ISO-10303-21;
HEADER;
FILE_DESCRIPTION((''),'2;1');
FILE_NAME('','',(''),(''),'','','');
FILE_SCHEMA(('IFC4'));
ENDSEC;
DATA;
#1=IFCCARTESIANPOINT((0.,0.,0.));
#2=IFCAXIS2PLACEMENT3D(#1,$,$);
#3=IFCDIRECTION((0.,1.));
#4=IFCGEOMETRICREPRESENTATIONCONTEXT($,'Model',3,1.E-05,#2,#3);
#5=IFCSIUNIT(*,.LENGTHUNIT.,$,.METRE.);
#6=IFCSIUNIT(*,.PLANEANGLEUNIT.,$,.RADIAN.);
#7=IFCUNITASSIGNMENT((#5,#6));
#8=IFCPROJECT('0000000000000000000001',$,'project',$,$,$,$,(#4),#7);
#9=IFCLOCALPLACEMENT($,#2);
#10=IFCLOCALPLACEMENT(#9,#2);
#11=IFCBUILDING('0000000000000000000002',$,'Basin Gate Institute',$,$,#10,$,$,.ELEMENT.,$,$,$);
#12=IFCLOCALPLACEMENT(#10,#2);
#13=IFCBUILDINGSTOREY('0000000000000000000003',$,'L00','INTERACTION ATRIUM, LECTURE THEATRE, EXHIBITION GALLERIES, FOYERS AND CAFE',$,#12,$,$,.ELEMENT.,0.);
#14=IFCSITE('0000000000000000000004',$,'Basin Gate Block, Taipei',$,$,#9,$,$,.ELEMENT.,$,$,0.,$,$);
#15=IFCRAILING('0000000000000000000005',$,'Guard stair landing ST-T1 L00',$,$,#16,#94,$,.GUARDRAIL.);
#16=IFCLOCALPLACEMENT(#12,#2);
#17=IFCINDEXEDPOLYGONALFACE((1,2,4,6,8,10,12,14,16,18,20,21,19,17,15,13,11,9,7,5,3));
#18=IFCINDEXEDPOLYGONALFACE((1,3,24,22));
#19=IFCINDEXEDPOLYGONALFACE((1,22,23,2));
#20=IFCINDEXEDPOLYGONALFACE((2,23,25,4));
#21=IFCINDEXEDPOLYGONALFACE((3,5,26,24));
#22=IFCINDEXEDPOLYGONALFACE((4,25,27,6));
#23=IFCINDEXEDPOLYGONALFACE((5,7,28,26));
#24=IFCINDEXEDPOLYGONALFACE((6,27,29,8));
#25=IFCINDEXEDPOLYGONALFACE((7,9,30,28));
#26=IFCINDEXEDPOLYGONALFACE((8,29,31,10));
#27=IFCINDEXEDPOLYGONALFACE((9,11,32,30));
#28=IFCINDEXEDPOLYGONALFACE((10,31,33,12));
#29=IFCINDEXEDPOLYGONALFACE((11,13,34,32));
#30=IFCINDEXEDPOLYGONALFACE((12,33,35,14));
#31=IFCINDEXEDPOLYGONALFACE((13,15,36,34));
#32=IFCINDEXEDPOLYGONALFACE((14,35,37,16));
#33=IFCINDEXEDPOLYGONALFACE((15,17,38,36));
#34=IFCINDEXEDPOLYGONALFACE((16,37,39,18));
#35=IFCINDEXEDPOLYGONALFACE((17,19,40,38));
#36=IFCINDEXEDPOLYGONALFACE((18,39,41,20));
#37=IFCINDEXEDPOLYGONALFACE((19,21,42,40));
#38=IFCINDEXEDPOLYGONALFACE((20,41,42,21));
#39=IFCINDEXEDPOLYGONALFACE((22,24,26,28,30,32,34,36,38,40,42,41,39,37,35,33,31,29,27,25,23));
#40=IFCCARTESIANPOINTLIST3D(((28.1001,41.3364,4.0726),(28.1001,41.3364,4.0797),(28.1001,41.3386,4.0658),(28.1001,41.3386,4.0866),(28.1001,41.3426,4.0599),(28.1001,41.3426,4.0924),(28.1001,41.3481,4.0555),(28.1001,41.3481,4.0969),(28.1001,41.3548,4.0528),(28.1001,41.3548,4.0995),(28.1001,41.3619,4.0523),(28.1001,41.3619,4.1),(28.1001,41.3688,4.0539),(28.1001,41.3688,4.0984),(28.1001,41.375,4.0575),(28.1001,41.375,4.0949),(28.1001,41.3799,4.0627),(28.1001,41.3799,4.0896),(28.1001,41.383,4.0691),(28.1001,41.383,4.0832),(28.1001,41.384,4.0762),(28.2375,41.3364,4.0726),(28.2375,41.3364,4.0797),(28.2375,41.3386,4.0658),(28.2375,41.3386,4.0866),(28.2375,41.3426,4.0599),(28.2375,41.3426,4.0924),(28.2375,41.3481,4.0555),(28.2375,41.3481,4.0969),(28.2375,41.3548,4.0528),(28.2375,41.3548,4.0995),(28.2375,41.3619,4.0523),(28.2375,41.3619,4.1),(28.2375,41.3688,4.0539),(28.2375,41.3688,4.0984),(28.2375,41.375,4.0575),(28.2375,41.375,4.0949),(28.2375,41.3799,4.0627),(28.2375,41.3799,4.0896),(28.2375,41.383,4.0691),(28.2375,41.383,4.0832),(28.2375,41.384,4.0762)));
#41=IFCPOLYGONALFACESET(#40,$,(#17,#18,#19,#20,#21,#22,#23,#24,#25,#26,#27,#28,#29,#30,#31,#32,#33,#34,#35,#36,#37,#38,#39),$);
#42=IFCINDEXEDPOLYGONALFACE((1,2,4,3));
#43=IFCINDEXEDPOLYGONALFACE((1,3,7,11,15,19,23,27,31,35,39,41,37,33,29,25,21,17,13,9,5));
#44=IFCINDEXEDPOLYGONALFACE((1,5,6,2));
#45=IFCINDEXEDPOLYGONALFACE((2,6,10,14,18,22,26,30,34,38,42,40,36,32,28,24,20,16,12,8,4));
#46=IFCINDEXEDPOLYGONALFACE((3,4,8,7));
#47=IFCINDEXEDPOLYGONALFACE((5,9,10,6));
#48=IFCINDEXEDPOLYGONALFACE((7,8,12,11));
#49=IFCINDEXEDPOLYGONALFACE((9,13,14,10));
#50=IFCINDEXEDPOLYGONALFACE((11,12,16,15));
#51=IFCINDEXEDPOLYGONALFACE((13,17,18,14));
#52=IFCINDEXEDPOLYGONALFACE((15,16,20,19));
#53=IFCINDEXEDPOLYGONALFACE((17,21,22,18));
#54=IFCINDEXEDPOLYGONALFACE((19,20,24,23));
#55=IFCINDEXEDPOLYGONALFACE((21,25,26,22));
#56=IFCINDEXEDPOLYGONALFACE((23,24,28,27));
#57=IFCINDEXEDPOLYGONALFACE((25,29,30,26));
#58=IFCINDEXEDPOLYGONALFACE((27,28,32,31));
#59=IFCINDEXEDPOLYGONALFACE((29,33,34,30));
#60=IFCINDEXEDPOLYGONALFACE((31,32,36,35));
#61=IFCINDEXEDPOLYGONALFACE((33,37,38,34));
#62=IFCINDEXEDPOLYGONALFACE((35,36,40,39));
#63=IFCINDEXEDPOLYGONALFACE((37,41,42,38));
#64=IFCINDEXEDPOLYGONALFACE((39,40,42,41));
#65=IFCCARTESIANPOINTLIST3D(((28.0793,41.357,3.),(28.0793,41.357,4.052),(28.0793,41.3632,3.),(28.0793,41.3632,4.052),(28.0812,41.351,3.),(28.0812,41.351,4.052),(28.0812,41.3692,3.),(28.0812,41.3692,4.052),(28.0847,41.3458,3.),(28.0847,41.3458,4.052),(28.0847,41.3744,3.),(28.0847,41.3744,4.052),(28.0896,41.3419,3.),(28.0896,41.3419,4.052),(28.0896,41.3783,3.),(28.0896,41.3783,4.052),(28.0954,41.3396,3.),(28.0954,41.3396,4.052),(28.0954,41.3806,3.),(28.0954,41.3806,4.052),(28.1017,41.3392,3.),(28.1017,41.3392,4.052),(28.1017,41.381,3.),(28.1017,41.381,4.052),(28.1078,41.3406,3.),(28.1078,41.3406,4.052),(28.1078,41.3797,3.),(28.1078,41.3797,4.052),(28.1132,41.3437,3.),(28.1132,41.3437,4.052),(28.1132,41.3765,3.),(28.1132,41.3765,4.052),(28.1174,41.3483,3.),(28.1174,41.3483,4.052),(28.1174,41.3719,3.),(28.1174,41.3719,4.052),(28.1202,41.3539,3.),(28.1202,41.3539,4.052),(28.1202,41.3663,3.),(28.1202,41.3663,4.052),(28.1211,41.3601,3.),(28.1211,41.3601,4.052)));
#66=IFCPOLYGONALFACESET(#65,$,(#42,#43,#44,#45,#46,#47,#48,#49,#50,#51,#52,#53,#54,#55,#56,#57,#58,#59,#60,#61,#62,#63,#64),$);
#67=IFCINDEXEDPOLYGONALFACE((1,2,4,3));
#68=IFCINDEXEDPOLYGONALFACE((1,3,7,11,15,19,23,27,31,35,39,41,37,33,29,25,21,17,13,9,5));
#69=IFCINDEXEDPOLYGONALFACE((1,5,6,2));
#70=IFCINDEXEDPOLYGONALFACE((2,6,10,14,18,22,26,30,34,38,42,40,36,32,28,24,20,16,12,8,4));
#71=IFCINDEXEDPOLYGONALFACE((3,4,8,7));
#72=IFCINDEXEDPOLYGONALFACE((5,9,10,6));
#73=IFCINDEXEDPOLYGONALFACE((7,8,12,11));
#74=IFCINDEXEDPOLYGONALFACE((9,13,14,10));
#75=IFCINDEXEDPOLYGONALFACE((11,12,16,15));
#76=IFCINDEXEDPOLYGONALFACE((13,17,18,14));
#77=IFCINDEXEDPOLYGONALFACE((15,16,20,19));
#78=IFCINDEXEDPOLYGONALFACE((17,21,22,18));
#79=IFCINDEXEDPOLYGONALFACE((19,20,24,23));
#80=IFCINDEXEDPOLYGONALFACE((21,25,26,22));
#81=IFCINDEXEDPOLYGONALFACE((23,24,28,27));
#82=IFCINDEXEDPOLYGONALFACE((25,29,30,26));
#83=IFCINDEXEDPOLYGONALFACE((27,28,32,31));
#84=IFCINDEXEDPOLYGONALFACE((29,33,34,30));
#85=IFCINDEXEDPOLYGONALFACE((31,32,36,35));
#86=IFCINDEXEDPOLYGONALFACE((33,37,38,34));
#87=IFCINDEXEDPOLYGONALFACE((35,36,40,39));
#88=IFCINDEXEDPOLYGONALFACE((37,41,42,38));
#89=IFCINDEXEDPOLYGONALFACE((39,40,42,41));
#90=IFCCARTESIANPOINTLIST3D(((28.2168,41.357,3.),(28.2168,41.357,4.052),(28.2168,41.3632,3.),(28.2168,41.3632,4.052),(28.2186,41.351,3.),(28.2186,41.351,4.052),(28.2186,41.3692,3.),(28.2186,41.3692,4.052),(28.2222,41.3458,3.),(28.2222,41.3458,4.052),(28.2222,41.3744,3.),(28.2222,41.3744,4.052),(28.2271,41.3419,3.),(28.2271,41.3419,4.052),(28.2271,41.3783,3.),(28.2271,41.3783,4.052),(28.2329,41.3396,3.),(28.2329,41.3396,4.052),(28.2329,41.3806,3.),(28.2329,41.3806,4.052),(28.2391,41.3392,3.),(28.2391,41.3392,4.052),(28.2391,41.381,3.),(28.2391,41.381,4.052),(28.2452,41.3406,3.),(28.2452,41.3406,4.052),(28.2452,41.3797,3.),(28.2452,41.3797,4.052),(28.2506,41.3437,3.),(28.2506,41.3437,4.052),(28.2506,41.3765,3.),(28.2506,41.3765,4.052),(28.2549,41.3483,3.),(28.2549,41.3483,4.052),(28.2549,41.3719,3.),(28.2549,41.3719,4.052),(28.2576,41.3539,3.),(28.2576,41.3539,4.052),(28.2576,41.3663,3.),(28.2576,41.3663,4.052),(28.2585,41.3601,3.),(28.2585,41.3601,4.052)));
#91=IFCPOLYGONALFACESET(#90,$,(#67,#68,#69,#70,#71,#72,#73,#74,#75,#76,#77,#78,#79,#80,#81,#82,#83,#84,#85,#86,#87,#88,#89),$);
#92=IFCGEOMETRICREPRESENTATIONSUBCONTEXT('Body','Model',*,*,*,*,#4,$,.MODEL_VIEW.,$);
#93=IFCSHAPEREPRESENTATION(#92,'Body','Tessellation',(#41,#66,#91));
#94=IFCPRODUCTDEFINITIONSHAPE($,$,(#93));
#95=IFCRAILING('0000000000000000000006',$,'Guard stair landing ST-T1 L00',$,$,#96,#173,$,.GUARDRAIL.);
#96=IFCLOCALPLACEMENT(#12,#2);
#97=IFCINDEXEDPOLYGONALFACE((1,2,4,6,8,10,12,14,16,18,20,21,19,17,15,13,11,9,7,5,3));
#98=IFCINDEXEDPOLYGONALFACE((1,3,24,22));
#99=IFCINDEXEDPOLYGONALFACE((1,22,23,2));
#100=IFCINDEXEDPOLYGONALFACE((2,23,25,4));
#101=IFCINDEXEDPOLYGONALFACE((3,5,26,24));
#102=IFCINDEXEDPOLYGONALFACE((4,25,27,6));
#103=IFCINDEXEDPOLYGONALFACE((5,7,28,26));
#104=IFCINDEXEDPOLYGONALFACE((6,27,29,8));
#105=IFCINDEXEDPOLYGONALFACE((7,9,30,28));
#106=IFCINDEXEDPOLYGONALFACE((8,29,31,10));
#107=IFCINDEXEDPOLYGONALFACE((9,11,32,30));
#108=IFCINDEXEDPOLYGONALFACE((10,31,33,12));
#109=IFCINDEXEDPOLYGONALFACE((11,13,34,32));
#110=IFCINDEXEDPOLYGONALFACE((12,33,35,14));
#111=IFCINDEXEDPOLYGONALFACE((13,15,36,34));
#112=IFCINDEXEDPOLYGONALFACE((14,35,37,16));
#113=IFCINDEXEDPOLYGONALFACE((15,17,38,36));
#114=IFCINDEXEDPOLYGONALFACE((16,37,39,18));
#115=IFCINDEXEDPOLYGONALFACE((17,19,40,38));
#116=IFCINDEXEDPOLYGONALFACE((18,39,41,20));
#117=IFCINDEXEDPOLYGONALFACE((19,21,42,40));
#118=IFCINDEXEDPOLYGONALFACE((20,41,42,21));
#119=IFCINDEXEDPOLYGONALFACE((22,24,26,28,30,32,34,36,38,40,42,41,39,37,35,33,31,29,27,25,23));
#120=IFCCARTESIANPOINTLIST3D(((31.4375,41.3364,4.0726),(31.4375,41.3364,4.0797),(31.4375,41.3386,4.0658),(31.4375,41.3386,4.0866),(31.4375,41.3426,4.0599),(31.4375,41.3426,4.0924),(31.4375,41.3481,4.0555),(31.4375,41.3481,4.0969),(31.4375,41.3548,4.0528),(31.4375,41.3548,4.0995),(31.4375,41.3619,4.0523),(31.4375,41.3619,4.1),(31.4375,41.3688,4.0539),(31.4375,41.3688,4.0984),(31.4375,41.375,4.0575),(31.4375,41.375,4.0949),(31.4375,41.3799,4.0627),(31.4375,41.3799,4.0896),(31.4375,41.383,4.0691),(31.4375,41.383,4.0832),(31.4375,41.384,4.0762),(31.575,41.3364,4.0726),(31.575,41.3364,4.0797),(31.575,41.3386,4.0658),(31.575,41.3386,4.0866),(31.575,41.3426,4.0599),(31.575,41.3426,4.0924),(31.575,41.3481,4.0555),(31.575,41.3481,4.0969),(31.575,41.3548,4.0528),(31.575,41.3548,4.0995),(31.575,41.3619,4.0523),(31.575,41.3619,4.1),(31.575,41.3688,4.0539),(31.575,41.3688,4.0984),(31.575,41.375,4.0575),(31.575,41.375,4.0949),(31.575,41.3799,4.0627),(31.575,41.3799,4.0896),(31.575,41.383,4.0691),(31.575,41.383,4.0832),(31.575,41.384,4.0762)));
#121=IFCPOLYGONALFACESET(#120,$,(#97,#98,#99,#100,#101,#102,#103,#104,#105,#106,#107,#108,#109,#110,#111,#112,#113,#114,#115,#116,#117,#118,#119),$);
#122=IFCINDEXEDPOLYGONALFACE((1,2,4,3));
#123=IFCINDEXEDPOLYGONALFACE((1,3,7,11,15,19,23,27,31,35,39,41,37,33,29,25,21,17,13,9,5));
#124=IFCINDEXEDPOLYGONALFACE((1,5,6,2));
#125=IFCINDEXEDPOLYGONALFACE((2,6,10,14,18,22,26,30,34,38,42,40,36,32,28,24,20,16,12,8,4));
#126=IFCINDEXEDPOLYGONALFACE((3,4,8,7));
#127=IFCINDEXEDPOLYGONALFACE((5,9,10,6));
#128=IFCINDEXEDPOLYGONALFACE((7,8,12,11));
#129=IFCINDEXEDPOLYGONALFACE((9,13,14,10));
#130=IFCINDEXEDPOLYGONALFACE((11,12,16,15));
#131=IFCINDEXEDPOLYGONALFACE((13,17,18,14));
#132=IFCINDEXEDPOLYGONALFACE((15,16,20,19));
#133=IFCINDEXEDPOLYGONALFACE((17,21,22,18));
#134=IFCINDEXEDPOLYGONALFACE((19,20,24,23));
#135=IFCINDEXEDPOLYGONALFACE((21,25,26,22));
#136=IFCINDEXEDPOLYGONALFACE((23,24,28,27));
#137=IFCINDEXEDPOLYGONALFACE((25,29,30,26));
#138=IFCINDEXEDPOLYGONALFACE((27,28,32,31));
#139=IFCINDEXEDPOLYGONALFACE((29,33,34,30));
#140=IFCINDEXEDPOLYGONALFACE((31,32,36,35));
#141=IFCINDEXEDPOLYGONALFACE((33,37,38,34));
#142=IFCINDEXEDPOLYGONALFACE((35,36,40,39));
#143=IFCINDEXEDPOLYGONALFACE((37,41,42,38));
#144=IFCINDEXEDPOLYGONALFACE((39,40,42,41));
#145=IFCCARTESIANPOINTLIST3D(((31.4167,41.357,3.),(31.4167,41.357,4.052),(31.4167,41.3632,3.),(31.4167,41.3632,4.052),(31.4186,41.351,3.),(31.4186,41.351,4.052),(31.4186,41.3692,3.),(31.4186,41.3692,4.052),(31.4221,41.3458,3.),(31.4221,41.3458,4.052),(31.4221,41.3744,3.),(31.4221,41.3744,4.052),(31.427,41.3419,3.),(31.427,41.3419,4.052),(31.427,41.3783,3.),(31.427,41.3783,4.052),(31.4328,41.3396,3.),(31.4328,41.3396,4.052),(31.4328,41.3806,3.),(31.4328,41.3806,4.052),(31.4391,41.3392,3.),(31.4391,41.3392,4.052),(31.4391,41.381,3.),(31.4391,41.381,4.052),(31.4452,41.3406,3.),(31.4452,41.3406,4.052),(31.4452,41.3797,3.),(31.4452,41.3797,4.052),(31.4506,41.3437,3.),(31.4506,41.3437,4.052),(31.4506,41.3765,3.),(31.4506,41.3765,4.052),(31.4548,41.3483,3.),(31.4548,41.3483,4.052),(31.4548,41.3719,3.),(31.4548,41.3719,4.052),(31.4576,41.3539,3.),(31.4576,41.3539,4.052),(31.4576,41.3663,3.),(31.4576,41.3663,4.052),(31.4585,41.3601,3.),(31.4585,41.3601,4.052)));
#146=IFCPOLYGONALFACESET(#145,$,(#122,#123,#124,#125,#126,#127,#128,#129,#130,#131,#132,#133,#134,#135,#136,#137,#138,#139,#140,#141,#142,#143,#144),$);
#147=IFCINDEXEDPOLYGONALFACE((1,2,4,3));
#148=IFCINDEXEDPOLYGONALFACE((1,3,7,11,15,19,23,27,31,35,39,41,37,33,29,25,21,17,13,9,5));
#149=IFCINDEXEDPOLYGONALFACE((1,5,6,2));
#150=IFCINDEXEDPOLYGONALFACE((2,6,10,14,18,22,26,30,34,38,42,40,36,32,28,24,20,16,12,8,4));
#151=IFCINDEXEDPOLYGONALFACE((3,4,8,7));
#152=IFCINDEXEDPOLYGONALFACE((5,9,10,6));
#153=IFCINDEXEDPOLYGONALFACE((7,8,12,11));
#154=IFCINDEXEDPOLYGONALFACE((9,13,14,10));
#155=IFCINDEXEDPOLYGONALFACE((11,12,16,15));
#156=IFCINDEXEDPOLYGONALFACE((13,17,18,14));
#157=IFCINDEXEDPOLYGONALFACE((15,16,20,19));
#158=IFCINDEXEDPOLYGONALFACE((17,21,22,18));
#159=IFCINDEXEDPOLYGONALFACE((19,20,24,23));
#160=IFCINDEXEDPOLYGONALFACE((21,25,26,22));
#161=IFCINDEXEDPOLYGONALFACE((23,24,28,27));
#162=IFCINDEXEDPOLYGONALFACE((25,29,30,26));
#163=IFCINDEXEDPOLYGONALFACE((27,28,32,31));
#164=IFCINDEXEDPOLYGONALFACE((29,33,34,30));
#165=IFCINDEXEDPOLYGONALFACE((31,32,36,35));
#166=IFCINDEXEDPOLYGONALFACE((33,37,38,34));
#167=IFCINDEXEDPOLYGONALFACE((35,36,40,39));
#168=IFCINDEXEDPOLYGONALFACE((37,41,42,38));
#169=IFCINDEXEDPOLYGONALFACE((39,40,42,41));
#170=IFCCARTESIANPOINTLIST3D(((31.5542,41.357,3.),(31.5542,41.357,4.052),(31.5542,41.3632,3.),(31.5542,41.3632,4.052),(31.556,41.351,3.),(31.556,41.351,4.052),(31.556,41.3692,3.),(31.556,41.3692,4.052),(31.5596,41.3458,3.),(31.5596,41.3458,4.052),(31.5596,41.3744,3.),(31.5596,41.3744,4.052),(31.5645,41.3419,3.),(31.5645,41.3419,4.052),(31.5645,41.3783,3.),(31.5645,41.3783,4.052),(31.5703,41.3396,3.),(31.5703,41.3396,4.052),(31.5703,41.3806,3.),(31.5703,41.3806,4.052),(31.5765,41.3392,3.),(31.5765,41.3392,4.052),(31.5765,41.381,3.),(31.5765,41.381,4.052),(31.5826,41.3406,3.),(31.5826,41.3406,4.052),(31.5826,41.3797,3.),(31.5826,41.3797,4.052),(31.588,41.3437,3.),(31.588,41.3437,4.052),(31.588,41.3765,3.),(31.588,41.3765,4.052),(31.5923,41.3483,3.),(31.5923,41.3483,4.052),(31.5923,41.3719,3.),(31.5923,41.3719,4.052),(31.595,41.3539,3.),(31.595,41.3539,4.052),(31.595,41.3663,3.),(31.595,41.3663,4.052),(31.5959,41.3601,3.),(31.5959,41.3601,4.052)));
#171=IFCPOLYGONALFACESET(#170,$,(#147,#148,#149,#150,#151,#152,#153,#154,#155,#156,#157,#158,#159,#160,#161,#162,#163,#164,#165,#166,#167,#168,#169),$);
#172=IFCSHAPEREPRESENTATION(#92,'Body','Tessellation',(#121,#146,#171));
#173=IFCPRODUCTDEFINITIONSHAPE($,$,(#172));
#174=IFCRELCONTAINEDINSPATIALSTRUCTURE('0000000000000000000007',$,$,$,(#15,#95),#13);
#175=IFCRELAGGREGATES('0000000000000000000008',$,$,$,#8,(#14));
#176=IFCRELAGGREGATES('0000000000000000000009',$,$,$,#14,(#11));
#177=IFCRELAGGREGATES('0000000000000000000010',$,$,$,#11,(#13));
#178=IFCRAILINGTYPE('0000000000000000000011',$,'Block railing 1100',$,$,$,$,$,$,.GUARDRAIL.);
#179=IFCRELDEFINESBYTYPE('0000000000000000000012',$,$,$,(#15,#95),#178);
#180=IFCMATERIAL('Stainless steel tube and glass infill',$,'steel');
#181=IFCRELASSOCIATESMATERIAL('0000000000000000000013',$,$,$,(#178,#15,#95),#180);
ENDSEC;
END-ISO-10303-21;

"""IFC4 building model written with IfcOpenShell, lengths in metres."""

from ifc_helpers import new_model, si_unit, direction, frame, origin, origin_2d, place, context, subcontext, project, spatial, circle, extrude, material, type_object, element, save


model = new_model("IFC4")

# Units and contexts
model_context = context("Model", 3, precision=1e-05, world=origin(), true_north=direction((0.0, 1.0)))
body_context = subcontext(model_context, "Body", "Model", "MODEL_VIEW")
ifc_project = project(units=[si_unit("LENGTHUNIT", "METRE"), si_unit("PLANEANGLEUNIT", "RADIAN")], contexts=[model_context])

# Site, building, storey
site_placement = place(None, origin())
site = spatial("IfcSite", under=ifc_project, at=site_placement, Name="Basin Gate Block, Taipei", CompositionType="ELEMENT", RefElevation=0.0)
building_placement = place(site_placement, origin())
building = spatial("IfcBuilding", under=site, at=building_placement, Name="Basin Gate Institute", CompositionType="ELEMENT")
storey_placement = place(building_placement, origin())
storey = spatial("IfcBuildingStorey", under=building, at=storey_placement, Name="L00", Description="INTERACTION ATRIUM, LECTURE THEATRE, EXHIBITION GALLERIES, FOYERS AND CAFE", CompositionType="ELEMENT", Elevation=0.0)

# Railings
ifc_material_1 = material(Name="Stainless steel tube and glass infill", Category="steel")
railing_type_1 = type_object("IfcRailingType", Name="Block railing 1100", PredefinedType="GUARDRAIL", material=ifc_material_1)
for number, where, name in (
    (1, (28.1001, 41.3601, 3.0), "Guard stair landing ST-T1 L00"),
    (2, (31.4375, 41.3601, 3.0), "Guard stair landing ST-T1 L00"),
):
    element("IfcRailing", number, at=place(storey_placement, frame(where)), inside=storey, type_object=railing_type_1, material=ifc_material_1, Name=name, PredefinedType="GUARDRAIL", context=body_context, shape_type="SweptSolid", body=[
        extrude(circle(Radius=0.0239, at=origin_2d()), frame((0.0, 0.0, 1.0762), z_axis=(1.0, 0.0, 0.0), x_axis=(0.0, 1.0, 0.0)), (0.0, 0.0, 1.0), 0.1375),
        extrude(circle(Radius=0.021, at=origin_2d()), origin(), (0.0, 0.0, 1.0), 1.052),
        extrude(circle(Radius=0.021, at=origin_2d()), frame((0.1375, 0.0, 0.0)), (0.0, 0.0, 1.0), 1.052),
    ])

save(model, "model.ifc")
